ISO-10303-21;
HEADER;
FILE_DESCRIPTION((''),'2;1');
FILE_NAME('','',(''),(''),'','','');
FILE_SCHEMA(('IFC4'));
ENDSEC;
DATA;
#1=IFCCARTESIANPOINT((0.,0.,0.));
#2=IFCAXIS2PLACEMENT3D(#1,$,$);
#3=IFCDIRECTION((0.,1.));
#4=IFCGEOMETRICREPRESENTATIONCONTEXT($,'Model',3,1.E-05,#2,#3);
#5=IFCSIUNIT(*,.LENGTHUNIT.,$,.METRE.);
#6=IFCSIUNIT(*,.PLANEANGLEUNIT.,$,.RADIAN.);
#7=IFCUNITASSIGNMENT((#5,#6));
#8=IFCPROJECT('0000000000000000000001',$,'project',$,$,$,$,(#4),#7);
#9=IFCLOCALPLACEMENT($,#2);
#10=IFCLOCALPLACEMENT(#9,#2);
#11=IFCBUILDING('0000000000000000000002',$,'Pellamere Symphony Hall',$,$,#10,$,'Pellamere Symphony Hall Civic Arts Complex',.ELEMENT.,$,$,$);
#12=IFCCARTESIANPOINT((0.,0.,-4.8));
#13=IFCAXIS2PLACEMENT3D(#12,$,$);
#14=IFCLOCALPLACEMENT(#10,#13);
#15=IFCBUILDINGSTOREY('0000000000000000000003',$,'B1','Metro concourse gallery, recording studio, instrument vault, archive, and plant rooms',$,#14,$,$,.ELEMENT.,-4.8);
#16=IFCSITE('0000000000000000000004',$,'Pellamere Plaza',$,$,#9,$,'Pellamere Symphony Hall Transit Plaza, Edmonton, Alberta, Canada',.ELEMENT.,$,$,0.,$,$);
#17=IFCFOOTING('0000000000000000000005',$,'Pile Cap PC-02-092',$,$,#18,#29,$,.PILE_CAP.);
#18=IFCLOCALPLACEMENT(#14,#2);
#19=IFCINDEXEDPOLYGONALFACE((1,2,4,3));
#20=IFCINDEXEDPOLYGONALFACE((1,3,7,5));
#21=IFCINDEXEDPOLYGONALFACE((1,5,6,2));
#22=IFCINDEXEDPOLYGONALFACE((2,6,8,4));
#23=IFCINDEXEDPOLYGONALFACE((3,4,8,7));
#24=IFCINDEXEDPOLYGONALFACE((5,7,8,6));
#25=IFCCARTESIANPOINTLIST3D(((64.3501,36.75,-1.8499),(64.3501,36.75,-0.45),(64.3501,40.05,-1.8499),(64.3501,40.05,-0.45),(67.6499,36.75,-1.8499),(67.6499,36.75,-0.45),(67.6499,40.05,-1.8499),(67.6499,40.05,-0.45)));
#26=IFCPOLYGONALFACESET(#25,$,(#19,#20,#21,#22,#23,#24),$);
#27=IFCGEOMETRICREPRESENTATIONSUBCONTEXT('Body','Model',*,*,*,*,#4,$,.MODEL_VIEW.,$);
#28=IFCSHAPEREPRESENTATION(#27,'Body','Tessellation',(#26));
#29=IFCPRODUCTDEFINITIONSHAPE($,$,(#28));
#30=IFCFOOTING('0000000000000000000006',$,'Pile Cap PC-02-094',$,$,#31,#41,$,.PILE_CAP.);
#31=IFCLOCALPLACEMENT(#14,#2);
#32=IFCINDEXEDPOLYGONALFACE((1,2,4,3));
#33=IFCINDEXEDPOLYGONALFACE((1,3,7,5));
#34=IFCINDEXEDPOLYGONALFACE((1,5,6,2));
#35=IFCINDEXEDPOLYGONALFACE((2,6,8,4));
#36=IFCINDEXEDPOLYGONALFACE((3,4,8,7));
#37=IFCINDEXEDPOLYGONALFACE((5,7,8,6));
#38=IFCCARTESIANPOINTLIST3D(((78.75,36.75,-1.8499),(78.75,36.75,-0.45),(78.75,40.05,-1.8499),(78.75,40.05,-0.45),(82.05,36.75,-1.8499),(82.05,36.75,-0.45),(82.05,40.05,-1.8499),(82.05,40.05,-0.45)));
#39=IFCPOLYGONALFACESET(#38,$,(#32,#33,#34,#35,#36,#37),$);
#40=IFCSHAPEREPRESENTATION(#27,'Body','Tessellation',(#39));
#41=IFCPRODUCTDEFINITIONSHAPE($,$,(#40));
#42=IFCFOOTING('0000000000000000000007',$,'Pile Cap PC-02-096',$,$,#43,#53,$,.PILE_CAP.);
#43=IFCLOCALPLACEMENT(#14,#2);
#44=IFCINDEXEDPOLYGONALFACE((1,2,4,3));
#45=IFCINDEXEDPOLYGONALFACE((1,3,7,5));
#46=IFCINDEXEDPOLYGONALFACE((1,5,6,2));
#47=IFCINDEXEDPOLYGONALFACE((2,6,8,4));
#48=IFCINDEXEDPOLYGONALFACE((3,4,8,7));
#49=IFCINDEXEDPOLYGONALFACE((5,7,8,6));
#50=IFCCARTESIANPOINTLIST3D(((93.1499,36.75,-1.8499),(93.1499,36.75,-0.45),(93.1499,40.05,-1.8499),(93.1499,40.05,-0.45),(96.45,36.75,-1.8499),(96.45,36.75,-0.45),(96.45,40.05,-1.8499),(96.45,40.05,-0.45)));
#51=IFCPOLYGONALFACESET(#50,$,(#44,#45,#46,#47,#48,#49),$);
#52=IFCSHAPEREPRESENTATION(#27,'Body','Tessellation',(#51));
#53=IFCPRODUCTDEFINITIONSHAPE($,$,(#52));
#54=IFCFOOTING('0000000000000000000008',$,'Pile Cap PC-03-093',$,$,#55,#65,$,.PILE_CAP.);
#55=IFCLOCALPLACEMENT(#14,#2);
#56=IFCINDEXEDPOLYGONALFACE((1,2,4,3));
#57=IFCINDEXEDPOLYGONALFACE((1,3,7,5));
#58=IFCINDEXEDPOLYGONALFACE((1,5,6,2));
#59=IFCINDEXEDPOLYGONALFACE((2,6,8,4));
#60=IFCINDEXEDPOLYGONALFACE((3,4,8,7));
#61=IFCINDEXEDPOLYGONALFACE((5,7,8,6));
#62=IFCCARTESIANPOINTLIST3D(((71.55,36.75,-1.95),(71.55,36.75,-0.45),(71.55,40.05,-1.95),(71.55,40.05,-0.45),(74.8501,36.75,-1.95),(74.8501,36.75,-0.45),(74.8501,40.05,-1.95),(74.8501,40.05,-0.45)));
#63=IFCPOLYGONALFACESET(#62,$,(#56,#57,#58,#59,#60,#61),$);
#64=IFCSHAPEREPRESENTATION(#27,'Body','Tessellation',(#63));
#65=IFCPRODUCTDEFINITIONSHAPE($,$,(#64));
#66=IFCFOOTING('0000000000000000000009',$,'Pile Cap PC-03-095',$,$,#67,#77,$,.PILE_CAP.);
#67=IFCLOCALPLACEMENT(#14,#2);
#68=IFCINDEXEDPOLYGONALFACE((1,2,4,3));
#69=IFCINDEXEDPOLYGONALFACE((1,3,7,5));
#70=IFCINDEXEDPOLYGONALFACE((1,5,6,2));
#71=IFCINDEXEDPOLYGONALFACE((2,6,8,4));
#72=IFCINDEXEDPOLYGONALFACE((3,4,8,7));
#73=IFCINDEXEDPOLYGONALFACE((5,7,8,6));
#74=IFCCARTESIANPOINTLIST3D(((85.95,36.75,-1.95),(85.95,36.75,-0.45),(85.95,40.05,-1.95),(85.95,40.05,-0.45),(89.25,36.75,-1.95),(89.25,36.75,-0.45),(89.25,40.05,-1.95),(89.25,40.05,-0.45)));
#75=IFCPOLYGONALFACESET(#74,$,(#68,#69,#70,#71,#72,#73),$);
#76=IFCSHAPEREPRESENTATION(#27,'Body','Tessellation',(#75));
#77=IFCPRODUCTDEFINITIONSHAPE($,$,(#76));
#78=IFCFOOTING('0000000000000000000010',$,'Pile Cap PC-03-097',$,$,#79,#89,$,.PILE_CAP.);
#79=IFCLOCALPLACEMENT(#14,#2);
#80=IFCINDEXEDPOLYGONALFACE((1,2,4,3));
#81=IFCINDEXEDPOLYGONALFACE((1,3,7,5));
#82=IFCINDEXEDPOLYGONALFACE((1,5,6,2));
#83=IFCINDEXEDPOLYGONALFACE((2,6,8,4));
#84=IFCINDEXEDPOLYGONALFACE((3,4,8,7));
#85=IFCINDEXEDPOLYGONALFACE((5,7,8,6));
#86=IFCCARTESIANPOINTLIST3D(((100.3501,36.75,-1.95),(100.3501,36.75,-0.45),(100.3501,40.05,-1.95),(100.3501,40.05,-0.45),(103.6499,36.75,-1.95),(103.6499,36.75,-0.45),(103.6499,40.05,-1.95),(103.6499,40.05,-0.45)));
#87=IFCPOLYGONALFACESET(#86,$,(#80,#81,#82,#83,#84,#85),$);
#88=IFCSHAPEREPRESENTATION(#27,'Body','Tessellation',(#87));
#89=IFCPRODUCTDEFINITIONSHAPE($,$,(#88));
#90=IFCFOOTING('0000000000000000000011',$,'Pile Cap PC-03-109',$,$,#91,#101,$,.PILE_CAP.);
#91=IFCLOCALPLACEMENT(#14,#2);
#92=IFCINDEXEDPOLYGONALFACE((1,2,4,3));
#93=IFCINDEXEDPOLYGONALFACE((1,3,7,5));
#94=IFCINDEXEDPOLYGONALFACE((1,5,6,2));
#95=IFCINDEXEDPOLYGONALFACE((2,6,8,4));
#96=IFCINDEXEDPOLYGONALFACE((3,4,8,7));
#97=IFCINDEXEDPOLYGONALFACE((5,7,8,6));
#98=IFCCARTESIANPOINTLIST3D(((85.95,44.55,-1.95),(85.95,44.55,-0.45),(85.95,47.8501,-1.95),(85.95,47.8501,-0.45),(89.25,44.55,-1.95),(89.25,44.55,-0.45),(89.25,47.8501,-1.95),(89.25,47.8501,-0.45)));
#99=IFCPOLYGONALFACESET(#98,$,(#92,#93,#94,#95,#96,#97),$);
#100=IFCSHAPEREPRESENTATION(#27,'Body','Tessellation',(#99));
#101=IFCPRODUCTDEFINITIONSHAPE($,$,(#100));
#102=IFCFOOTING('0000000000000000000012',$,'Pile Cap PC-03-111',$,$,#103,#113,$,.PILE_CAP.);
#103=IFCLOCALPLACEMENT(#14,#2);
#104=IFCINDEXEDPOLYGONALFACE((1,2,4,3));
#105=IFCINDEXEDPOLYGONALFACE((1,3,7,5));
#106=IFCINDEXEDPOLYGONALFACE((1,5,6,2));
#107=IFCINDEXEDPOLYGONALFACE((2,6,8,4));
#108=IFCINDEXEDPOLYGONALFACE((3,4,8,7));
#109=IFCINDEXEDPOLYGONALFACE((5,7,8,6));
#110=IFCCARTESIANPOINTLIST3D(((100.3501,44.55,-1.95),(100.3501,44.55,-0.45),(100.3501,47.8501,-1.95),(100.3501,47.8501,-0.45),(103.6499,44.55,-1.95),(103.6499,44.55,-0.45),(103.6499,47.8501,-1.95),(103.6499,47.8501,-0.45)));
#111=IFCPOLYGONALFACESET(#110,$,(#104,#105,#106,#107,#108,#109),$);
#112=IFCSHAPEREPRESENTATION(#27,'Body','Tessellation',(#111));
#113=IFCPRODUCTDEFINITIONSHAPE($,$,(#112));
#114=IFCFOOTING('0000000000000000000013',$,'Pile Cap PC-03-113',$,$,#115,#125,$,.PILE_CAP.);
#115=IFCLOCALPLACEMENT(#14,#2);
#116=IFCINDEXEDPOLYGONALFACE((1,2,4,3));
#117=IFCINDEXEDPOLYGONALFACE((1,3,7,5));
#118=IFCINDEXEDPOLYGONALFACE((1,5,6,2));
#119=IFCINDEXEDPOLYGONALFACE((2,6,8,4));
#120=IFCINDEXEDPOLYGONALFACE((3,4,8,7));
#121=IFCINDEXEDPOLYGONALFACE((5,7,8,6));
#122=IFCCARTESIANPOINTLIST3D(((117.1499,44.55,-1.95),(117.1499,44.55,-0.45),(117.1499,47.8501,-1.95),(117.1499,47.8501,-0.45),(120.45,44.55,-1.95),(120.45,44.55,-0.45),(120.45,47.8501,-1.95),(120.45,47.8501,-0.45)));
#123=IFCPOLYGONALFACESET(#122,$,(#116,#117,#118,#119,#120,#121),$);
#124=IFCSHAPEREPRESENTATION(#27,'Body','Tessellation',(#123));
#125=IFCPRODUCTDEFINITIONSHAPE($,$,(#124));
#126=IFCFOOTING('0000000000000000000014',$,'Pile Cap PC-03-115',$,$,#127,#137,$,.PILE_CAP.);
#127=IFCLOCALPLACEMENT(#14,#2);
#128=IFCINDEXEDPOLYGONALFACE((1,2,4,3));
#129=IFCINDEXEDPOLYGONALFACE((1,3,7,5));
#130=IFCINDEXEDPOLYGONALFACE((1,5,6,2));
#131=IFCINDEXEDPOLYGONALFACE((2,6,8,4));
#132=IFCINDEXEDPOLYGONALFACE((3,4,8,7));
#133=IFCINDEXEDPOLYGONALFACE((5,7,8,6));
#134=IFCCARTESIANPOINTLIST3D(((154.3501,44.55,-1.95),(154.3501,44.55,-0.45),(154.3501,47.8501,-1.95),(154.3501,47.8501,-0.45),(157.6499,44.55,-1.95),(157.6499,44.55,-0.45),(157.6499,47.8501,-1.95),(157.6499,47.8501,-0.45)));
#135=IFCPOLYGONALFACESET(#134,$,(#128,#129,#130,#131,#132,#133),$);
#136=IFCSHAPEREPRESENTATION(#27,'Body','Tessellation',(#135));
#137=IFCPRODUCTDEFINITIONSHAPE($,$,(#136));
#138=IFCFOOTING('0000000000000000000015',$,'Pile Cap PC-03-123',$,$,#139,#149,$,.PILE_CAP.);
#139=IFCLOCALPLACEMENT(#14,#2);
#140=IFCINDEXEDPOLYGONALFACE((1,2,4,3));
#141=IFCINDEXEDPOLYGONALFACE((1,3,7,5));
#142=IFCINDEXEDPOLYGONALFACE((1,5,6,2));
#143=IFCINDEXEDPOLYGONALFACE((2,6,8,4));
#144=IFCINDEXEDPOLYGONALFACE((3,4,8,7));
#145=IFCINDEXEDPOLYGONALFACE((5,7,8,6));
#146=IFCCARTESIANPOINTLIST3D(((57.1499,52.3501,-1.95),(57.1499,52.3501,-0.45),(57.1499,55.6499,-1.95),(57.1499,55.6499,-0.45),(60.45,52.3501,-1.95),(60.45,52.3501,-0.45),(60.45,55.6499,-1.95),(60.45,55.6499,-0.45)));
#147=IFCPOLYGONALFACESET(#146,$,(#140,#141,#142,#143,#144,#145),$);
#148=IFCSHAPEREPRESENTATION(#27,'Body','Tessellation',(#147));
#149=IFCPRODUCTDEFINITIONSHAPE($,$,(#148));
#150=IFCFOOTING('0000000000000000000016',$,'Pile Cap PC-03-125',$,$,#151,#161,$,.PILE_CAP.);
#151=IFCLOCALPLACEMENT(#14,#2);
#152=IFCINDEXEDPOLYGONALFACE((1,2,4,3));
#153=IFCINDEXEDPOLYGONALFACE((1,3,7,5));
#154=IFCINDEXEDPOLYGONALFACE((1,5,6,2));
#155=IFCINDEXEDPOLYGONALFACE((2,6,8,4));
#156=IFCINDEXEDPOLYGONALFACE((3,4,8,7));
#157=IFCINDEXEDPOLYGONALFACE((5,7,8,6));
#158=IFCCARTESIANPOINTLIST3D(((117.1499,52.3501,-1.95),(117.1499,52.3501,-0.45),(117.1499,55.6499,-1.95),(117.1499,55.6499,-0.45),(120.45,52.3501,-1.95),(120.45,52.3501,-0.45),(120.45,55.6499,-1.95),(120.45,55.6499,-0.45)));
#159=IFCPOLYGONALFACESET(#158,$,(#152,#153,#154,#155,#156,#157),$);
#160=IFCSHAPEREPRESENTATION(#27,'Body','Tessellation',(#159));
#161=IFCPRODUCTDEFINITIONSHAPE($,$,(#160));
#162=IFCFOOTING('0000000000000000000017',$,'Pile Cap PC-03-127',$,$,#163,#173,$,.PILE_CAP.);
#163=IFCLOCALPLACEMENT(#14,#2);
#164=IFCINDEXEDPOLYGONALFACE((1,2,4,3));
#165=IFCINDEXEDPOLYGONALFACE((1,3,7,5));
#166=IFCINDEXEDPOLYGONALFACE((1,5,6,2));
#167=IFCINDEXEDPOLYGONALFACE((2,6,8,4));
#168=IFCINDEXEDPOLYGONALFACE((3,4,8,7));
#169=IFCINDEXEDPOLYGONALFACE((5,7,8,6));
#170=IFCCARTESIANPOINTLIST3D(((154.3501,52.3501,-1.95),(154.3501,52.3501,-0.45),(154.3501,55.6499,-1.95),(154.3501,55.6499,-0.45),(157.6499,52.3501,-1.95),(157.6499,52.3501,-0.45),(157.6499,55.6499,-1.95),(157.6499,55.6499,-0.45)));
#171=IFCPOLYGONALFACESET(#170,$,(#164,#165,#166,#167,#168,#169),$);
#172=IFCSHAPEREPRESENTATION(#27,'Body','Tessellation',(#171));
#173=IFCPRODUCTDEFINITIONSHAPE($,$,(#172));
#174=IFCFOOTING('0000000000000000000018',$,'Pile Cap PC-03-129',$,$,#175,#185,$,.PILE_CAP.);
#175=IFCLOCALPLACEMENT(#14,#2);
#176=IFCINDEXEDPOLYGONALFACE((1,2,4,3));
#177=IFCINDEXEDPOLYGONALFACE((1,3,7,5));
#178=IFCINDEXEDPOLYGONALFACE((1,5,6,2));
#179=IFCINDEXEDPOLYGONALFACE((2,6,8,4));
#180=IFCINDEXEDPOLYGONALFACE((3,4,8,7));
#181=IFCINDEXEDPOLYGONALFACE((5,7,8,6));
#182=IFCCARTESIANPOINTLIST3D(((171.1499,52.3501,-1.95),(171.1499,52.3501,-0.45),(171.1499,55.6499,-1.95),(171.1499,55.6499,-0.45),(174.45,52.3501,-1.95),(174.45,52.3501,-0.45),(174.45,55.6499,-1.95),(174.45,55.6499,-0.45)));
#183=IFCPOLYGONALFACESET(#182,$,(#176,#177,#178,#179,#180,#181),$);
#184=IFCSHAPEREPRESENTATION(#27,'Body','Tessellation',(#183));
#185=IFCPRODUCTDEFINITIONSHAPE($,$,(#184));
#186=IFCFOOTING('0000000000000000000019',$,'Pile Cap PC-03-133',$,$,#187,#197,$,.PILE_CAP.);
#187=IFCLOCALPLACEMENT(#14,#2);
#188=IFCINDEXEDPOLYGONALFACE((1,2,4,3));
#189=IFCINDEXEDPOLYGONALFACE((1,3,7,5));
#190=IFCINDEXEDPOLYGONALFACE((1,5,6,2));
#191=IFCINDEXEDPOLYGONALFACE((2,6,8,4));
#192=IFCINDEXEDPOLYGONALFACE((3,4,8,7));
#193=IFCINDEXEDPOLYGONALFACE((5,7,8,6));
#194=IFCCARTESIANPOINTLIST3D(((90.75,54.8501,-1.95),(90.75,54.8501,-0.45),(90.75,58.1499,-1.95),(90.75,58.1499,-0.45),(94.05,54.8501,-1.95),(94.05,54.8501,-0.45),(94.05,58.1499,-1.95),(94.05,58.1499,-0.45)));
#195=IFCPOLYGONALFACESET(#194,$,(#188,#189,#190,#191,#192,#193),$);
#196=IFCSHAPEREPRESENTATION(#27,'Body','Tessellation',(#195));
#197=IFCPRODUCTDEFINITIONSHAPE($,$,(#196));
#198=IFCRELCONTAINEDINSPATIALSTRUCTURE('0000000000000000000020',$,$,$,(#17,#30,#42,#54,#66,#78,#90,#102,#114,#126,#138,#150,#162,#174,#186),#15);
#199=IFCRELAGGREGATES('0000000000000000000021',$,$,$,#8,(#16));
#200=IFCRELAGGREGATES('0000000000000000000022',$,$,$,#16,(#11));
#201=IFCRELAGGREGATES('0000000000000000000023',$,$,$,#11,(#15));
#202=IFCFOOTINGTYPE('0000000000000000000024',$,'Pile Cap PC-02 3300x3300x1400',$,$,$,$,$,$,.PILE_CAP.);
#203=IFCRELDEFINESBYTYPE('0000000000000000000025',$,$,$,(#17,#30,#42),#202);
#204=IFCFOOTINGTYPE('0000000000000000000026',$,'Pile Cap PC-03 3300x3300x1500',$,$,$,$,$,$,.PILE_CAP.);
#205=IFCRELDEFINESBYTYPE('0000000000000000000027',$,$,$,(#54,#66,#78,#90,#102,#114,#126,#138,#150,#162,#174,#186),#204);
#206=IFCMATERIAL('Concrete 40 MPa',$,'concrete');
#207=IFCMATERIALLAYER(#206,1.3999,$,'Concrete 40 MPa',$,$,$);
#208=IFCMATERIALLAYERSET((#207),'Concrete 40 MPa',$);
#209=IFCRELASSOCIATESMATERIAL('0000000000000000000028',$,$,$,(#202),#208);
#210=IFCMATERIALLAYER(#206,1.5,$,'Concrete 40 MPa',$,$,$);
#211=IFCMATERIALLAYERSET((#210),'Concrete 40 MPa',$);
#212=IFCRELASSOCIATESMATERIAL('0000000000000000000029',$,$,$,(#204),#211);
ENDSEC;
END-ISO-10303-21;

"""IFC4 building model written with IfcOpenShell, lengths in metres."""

from ifc_helpers import new_model, si_unit, direction, frame, origin, place, context, subcontext, project, spatial, polyline, outline, extrude, material, layer, layer_set, type_object, element, save


model = new_model("IFC4")

# Units and contexts
model_context = context("Model", 3, precision=1e-05, world=origin(), true_north=direction((0.0, 1.0)))
body_context = subcontext(model_context, "Body", "Model", "MODEL_VIEW")
ifc_project = project(units=[si_unit("LENGTHUNIT", "METRE"), si_unit("PLANEANGLEUNIT", "RADIAN")], contexts=[model_context])

# Site, building, storey
site_placement = place(None, origin())
site = spatial("IfcSite", under=ifc_project, at=site_placement, Name="Pellamere Plaza", LongName="Pellamere Symphony Hall Transit Plaza, Edmonton, Alberta, Canada", CompositionType="ELEMENT", RefElevation=0.0)
building_placement = place(site_placement, origin())
building = spatial("IfcBuilding", under=site, at=building_placement, Name="Pellamere Symphony Hall", LongName="Pellamere Symphony Hall Civic Arts Complex", CompositionType="ELEMENT")
storey_placement = place(building_placement, frame((0.0, 0.0, -4.8)))
storey = spatial("IfcBuildingStorey", under=building, at=storey_placement, Name="B1", Description="Metro concourse gallery, recording studio, instrument vault, archive, and plant rooms", CompositionType="ELEMENT", Elevation=-4.8)

# Footings
ifc_material_1 = material(Name="Concrete 40 MPa", Category="concrete")
ifc_layer_1 = layer(ifc_material_1, 1.3999, Name="Concrete 40 MPa")
ifc_layer_set_1 = layer_set([ifc_layer_1], Name="Concrete 40 MPa")
footing_type_1 = type_object("IfcFootingType", Name="Pile Cap PC-02 3300x3300x1400", PredefinedType="PILE_CAP", material=ifc_layer_set_1)
footing_1_placement = place(storey_placement, frame((0.0, 0.0, -1.8499)))
element("IfcFooting", 1, at=footing_1_placement, inside=storey, type_object=footing_type_1, Name="Pile Cap PC-02-092", PredefinedType="PILE_CAP", context=body_context, shape_type="SweptSolid", body=[
    extrude(outline(polyline([(64.3501, 36.75), (64.3501, 40.05), (67.6499, 40.05), (67.6499, 36.75), (64.3501, 36.75)])), origin(), (0.0, 0.0, 1.0), 1.3999),
])
footing_2_placement = place(storey_placement, frame((0.0, 0.0, -1.8499)))
element("IfcFooting", 2, at=footing_2_placement, inside=storey, type_object=footing_type_1, Name="Pile Cap PC-02-094", PredefinedType="PILE_CAP", context=body_context, shape_type="SweptSolid", body=[
    extrude(outline(polyline([(78.75, 36.75), (78.75, 40.05), (82.05, 40.05), (82.05, 36.75), (78.75, 36.75)])), origin(), (0.0, 0.0, 1.0), 1.3999),
])
footing_3_placement = place(storey_placement, frame((0.0, 0.0, -1.8499)))
element("IfcFooting", 3, at=footing_3_placement, inside=storey, type_object=footing_type_1, Name="Pile Cap PC-02-096", PredefinedType="PILE_CAP", context=body_context, shape_type="SweptSolid", body=[
    extrude(outline(polyline([(96.45, 36.75), (93.1499, 36.75), (93.1499, 40.05), (96.45, 40.05), (96.45, 36.75)])), origin(), (0.0, 0.0, 1.0), 1.3999),
])
ifc_layer_2 = layer(ifc_material_1, 1.5, Name="Concrete 40 MPa")
ifc_layer_set_2 = layer_set([ifc_layer_2], Name="Concrete 40 MPa")
footing_type_2 = type_object("IfcFootingType", Name="Pile Cap PC-03 3300x3300x1500", PredefinedType="PILE_CAP", material=ifc_layer_set_2)
footing_4_placement = place(storey_placement, frame((0.0, 0.0, -1.95)))
element("IfcFooting", 4, at=footing_4_placement, inside=storey, type_object=footing_type_2, Name="Pile Cap PC-03-093", PredefinedType="PILE_CAP", context=body_context, shape_type="SweptSolid", body=[
    extrude(outline(polyline([(74.8501, 36.75), (71.55, 36.75), (71.55, 40.05), (74.8501, 40.05), (74.8501, 36.75)])), origin(), (0.0, 0.0, 1.0), 1.5),
])
footing_5_placement = place(storey_placement, frame((0.0, 0.0, -1.95)))
element("IfcFooting", 5, at=footing_5_placement, inside=storey, type_object=footing_type_2, Name="Pile Cap PC-03-095", PredefinedType="PILE_CAP", context=body_context, shape_type="SweptSolid", body=[
    extrude(outline(polyline([(89.25, 36.75), (85.95, 36.75), (85.95, 40.05), (89.25, 40.05), (89.25, 36.75)])), origin(), (0.0, 0.0, 1.0), 1.5),
])
footing_6_placement = place(storey_placement, frame((0.0, 0.0, -1.95)))
element("IfcFooting", 6, at=footing_6_placement, inside=storey, type_object=footing_type_2, Name="Pile Cap PC-03-097", PredefinedType="PILE_CAP", context=body_context, shape_type="SweptSolid", body=[
    extrude(outline(polyline([(100.3501, 36.75), (100.3501, 40.05), (103.6499, 40.05), (103.6499, 36.75), (100.3501, 36.75)])), origin(), (0.0, 0.0, 1.0), 1.5),
])
footing_7_placement = place(storey_placement, frame((0.0, 0.0, -1.95)))
element("IfcFooting", 7, at=footing_7_placement, inside=storey, type_object=footing_type_2, Name="Pile Cap PC-03-109", PredefinedType="PILE_CAP", context=body_context, shape_type="SweptSolid", body=[
    extrude(outline(polyline([(85.95, 44.55), (85.95, 47.8501), (89.25, 47.8501), (89.25, 44.55), (85.95, 44.55)])), origin(), (0.0, 0.0, 1.0), 1.5),
])
footing_8_placement = place(storey_placement, frame((0.0, 0.0, -1.95)))
element("IfcFooting", 8, at=footing_8_placement, inside=storey, type_object=footing_type_2, Name="Pile Cap PC-03-111", PredefinedType="PILE_CAP", context=body_context, shape_type="SweptSolid", body=[
    extrude(outline(polyline([(100.3501, 44.55), (100.3501, 47.8501), (103.6499, 47.8501), (103.6499, 44.55), (100.3501, 44.55)])), origin(), (0.0, 0.0, 1.0), 1.5),
])
footing_9_placement = place(storey_placement, frame((0.0, 0.0, -1.95)))
element("IfcFooting", 9, at=footing_9_placement, inside=storey, type_object=footing_type_2, Name="Pile Cap PC-03-113", PredefinedType="PILE_CAP", context=body_context, shape_type="SweptSolid", body=[
    extrude(outline(polyline([(117.1499, 44.55), (117.1499, 47.8501), (120.45, 47.8501), (120.45, 44.55), (117.1499, 44.55)])), origin(), (0.0, 0.0, 1.0), 1.5),
])
footing_10_placement = place(storey_placement, frame((0.0, 0.0, -1.95)))
element("IfcFooting", 10, at=footing_10_placement, inside=storey, type_object=footing_type_2, Name="Pile Cap PC-03-115", PredefinedType="PILE_CAP", context=body_context, shape_type="SweptSolid", body=[
    extrude(outline(polyline([(157.6499, 44.55), (154.3501, 44.55), (154.3501, 47.8501), (157.6499, 47.8501), (157.6499, 44.55)])), origin(), (0.0, 0.0, 1.0), 1.5),
])
footing_11_placement = place(storey_placement, frame((0.0, 0.0, -1.95)))
element("IfcFooting", 11, at=footing_11_placement, inside=storey, type_object=footing_type_2, Name="Pile Cap PC-03-123", PredefinedType="PILE_CAP", context=body_context, shape_type="SweptSolid", body=[
    extrude(outline(polyline([(57.1499, 52.3501), (57.1499, 55.6499), (60.45, 55.6499), (60.45, 52.3501), (57.1499, 52.3501)])), origin(), (0.0, 0.0, 1.0), 1.5),
])
footing_12_placement = place(storey_placement, frame((0.0, 0.0, -1.95)))
element("IfcFooting", 12, at=footing_12_placement, inside=storey, type_object=footing_type_2, Name="Pile Cap PC-03-125", PredefinedType="PILE_CAP", context=body_context, shape_type="SweptSolid", body=[
    extrude(outline(polyline([(117.1499, 52.3501), (117.1499, 55.6499), (120.45, 55.6499), (120.45, 52.3501), (117.1499, 52.3501)])), origin(), (0.0, 0.0, 1.0), 1.5),
])
footing_13_placement = place(storey_placement, frame((0.0, 0.0, -1.95)))
element("IfcFooting", 13, at=footing_13_placement, inside=storey, type_object=footing_type_2, Name="Pile Cap PC-03-127", PredefinedType="PILE_CAP", context=body_context, shape_type="SweptSolid", body=[
    extrude(outline(polyline([(157.6499, 52.3501), (154.3501, 52.3501), (154.3501, 55.6499), (157.6499, 55.6499), (157.6499, 52.3501)])), origin(), (0.0, 0.0, 1.0), 1.5),
])
footing_14_placement = place(storey_placement, frame((0.0, 0.0, -1.95)))
element("IfcFooting", 14, at=footing_14_placement, inside=storey, type_object=footing_type_2, Name="Pile Cap PC-03-129", PredefinedType="PILE_CAP", context=body_context, shape_type="SweptSolid", body=[
    extrude(outline(polyline([(171.1499, 52.3501), (171.1499, 55.6499), (174.45, 55.6499), (174.45, 52.3501), (171.1499, 52.3501)])), origin(), (0.0, 0.0, 1.0), 1.5),
])
footing_15_placement = place(storey_placement, frame((0.0, 0.0, -1.95)))
element("IfcFooting", 15, at=footing_15_placement, inside=storey, type_object=footing_type_2, Name="Pile Cap PC-03-133", PredefinedType="PILE_CAP", context=body_context, shape_type="SweptSolid", body=[
    extrude(outline(polyline([(94.05, 54.8501), (90.75, 54.8501), (90.75, 58.1499), (94.05, 58.1499), (94.05, 54.8501)])), origin(), (0.0, 0.0, 1.0), 1.5),
])

save(model, "model.ifc")
